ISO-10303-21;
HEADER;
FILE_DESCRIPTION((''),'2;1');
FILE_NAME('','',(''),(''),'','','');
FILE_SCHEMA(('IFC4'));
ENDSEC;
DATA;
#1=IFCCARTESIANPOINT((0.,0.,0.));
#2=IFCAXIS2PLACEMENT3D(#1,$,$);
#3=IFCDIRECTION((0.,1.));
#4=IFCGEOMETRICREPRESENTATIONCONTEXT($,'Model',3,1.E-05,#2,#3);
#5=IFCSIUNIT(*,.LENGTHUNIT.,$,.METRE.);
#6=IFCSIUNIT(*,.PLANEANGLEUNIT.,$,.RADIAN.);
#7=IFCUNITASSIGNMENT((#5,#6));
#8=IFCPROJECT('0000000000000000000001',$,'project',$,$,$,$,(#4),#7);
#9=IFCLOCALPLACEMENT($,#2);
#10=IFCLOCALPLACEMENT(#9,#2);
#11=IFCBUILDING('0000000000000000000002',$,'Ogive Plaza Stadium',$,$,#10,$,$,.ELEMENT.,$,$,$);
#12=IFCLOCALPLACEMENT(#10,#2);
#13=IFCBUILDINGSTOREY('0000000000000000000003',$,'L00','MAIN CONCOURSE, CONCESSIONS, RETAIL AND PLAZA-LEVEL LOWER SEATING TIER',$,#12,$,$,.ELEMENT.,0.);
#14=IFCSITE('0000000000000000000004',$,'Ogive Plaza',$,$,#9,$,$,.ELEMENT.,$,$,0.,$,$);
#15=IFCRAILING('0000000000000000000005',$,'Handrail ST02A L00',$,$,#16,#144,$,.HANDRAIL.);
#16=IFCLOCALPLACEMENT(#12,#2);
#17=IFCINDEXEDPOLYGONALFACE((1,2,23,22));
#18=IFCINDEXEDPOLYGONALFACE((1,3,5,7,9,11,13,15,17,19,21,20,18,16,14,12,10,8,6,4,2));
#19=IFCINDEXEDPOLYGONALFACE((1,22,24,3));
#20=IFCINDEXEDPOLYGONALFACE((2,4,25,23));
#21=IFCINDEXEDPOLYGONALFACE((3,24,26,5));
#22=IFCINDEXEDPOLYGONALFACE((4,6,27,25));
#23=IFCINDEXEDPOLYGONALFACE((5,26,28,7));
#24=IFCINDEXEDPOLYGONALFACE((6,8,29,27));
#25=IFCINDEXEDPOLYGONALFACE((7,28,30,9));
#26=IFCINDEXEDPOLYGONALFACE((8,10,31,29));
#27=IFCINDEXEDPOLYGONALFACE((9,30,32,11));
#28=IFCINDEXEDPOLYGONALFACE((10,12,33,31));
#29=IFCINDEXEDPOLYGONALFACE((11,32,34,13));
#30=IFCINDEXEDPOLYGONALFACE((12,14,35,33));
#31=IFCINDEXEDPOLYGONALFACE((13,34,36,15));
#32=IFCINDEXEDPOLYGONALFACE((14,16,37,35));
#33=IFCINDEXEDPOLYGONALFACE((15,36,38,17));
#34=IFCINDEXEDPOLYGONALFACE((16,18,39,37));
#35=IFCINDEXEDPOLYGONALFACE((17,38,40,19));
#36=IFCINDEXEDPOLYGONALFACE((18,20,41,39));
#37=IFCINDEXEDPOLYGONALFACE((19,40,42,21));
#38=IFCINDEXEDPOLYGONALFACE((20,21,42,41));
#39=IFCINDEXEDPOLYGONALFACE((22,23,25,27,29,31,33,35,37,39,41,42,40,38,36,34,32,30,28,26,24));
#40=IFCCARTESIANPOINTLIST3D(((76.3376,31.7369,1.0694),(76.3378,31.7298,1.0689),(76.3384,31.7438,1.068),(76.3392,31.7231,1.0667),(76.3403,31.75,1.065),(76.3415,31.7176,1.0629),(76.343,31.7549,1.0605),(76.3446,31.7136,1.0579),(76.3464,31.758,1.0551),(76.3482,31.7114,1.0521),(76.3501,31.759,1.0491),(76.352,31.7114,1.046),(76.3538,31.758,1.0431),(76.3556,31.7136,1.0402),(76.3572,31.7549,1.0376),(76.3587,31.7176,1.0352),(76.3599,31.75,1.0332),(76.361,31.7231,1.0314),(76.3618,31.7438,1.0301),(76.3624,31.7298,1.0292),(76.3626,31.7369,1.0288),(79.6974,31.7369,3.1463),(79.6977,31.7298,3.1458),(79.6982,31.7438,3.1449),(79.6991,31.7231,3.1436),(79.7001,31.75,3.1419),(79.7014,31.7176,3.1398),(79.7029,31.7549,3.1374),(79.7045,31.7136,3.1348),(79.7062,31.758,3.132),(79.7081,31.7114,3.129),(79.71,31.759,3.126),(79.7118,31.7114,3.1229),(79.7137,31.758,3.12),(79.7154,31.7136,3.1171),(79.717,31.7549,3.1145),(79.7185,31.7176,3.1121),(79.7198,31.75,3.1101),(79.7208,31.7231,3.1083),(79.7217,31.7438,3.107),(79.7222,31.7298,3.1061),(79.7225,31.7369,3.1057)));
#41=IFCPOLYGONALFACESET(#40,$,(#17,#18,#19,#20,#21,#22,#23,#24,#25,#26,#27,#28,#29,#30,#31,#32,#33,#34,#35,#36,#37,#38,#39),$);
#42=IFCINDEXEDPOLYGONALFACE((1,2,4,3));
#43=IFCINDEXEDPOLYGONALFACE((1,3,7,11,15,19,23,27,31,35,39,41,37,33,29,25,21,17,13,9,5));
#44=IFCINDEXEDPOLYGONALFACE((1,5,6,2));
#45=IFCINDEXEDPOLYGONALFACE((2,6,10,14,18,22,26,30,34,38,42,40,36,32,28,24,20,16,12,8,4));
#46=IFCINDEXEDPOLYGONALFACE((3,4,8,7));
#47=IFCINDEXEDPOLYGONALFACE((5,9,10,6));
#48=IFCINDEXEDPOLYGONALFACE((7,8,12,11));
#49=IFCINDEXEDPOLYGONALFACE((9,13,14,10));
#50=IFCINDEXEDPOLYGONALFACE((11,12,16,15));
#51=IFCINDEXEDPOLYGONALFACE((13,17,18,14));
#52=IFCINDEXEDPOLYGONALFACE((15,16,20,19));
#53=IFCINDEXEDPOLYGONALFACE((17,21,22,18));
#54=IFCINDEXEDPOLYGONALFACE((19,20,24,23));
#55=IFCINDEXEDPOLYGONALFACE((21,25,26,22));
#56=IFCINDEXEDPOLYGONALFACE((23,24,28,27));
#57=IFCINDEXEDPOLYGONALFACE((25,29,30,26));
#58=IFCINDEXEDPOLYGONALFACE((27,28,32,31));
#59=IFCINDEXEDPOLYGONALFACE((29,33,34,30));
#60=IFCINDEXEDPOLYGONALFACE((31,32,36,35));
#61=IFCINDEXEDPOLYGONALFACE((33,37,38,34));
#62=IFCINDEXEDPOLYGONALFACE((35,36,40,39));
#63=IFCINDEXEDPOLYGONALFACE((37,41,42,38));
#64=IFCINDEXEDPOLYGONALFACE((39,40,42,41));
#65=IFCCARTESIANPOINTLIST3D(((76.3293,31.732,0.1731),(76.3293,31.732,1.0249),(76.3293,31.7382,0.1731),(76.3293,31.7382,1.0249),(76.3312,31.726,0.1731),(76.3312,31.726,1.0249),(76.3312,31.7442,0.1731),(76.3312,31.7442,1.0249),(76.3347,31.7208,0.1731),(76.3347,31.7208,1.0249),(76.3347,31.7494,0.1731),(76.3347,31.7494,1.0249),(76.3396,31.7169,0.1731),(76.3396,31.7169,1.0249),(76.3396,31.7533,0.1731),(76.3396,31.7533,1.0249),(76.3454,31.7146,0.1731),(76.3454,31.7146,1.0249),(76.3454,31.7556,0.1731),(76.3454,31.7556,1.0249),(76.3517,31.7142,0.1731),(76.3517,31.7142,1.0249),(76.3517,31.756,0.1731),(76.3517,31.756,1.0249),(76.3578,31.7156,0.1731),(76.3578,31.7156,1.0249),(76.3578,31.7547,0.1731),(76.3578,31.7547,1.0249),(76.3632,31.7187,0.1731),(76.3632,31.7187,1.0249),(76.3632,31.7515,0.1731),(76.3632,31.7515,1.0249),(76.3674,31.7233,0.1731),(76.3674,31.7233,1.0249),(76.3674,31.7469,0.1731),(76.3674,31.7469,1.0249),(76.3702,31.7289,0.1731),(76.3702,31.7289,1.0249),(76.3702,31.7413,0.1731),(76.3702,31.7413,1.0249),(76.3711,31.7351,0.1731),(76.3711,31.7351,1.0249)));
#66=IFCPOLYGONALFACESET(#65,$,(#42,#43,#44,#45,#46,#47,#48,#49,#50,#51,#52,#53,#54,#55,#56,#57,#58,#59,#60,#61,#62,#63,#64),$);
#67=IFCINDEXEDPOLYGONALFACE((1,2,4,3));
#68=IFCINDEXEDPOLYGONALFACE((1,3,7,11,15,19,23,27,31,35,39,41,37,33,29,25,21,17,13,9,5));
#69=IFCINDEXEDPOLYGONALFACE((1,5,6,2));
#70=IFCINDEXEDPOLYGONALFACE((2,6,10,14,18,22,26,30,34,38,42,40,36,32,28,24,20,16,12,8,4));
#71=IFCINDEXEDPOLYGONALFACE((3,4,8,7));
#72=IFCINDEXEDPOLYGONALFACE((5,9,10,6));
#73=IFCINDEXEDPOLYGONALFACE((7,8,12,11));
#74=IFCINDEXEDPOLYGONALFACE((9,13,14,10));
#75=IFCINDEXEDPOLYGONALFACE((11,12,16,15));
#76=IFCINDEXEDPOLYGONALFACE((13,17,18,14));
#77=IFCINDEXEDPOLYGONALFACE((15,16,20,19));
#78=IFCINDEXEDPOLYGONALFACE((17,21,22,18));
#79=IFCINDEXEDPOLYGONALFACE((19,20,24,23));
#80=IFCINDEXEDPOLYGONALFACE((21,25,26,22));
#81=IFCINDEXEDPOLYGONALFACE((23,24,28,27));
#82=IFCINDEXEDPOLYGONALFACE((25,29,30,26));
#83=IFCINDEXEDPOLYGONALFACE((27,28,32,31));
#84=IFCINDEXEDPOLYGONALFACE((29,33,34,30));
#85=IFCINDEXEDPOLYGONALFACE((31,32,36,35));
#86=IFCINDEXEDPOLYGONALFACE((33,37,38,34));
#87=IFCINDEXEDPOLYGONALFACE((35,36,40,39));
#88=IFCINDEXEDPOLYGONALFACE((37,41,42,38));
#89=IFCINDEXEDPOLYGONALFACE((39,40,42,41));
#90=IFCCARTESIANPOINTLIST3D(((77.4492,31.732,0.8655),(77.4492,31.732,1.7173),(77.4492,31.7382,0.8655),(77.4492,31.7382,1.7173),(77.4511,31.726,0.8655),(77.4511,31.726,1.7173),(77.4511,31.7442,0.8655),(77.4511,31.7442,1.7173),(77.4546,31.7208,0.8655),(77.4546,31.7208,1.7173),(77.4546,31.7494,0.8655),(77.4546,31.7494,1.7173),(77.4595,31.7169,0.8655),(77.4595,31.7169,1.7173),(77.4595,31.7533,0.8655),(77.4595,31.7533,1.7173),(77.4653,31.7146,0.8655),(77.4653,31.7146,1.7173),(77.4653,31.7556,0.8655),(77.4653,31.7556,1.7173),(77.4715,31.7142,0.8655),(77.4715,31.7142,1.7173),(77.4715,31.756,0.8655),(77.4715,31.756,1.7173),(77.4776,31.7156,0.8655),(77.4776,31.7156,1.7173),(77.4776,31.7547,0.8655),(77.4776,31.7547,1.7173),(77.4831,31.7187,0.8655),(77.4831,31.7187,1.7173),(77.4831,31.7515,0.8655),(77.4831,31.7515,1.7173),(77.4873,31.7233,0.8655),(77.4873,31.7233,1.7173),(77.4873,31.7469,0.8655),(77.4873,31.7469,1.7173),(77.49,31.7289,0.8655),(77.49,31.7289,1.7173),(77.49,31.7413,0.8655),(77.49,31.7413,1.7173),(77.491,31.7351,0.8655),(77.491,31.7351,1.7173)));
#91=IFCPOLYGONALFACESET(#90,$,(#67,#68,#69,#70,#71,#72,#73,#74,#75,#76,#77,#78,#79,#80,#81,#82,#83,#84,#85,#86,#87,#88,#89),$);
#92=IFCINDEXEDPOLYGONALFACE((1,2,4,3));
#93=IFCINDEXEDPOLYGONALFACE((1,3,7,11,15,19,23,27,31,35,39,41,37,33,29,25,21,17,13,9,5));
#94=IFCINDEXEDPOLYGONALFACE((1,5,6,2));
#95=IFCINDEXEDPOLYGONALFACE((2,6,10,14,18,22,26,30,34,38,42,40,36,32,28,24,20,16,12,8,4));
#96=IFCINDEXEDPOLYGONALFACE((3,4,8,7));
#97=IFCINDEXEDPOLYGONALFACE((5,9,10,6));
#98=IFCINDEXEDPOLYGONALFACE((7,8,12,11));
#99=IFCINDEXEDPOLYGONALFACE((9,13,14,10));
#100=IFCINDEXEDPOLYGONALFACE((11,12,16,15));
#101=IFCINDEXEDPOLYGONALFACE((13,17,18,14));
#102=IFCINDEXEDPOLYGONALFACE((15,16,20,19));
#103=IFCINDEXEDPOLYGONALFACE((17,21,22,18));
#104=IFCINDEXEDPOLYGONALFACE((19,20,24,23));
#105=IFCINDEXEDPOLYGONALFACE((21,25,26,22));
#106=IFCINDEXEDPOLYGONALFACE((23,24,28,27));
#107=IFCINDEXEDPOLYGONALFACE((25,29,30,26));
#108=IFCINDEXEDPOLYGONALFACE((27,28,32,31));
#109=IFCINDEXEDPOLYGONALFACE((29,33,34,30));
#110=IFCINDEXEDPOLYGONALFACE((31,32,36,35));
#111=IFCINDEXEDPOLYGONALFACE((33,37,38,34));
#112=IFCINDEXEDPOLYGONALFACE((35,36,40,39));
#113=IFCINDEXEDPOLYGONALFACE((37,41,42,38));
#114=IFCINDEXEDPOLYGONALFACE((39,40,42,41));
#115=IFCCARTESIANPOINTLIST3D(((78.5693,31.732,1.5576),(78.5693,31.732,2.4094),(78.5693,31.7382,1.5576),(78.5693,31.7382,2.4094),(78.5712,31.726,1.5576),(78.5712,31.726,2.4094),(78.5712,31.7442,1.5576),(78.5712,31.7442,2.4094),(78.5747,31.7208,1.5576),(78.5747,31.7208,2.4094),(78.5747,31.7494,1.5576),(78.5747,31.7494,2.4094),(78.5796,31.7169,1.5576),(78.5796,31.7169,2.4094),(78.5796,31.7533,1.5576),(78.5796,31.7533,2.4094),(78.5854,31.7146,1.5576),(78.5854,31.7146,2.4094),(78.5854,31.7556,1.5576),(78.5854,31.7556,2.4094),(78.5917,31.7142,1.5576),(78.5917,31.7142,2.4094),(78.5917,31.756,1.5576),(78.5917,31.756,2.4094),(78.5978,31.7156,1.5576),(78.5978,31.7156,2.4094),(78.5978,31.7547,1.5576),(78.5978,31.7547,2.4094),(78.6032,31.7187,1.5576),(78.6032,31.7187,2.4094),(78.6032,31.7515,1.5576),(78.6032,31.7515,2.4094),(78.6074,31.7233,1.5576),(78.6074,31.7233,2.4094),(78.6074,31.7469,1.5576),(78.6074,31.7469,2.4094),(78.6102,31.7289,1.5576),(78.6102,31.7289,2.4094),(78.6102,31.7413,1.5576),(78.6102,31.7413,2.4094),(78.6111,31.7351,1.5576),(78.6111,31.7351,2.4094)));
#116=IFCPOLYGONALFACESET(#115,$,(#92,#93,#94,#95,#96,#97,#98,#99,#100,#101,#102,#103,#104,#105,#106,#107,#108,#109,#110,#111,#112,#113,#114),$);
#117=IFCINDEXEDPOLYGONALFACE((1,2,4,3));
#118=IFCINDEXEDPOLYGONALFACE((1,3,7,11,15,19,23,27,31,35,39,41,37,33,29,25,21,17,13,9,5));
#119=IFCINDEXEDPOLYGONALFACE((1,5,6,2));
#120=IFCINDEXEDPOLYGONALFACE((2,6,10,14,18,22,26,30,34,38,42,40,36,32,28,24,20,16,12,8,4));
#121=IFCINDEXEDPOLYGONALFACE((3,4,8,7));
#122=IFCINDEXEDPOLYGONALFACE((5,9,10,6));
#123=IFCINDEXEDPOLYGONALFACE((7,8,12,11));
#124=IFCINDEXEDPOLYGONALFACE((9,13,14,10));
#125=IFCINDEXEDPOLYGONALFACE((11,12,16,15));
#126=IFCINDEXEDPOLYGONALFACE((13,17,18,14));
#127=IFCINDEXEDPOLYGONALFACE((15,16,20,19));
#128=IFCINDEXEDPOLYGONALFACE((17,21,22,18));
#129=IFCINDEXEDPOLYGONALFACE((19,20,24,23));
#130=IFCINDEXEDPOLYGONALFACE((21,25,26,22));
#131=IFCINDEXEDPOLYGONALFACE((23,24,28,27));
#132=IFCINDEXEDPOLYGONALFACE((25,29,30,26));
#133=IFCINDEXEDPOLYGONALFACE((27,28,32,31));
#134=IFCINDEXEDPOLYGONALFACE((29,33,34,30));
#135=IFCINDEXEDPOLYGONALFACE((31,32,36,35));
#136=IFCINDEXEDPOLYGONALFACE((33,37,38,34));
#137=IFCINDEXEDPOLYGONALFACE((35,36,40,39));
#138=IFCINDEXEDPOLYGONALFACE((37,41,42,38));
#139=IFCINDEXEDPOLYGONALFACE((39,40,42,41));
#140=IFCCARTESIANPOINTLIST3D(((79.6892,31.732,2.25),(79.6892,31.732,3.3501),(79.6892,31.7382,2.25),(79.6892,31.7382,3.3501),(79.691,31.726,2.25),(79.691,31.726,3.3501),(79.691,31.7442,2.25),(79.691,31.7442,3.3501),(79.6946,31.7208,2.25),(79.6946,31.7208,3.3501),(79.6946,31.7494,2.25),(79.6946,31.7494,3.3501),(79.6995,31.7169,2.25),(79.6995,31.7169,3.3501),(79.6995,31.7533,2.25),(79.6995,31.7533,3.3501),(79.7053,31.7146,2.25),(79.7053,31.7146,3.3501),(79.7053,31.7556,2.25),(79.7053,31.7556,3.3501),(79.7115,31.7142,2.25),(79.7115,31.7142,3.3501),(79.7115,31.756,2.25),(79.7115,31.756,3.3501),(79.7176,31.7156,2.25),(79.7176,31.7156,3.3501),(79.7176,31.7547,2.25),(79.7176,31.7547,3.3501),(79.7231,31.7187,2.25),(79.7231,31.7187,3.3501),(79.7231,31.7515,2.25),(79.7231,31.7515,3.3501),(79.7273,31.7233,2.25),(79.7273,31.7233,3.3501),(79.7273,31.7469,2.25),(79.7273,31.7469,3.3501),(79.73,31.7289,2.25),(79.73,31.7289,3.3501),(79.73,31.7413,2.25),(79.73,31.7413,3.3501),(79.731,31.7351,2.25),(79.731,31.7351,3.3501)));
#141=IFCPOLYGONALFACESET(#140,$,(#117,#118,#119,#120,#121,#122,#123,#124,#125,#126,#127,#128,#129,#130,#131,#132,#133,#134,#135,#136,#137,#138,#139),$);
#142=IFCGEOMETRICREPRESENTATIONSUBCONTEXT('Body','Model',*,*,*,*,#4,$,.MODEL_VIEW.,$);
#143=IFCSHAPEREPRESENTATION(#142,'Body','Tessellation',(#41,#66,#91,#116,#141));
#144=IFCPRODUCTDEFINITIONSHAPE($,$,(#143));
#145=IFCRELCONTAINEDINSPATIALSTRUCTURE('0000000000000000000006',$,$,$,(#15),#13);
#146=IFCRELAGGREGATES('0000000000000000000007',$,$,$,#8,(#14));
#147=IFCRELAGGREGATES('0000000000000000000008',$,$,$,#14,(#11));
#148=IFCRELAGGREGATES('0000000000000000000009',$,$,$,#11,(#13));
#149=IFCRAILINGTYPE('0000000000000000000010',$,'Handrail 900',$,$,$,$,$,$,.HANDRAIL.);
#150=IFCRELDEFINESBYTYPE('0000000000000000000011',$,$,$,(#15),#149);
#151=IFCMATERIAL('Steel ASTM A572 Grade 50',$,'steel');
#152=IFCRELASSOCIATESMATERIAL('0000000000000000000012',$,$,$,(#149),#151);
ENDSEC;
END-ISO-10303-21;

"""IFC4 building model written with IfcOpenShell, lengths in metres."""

from ifc_helpers import new_model, si_unit, direction, frame, origin, origin_2d, place, context, subcontext, project, spatial, circle, extrude, material, type_object, element, save


model = new_model("IFC4")

# Units and contexts
model_context = context("Model", 3, precision=1e-05, world=origin(), true_north=direction((0.0, 1.0)))
body_context = subcontext(model_context, "Body", "Model", "MODEL_VIEW")
ifc_project = project(units=[si_unit("LENGTHUNIT", "METRE"), si_unit("PLANEANGLEUNIT", "RADIAN")], contexts=[model_context])

# Site, building, storey
site_placement = place(None, origin())
site = spatial("IfcSite", under=ifc_project, at=site_placement, Name="Ogive Plaza", CompositionType="ELEMENT", RefElevation=0.0)
building_placement = place(site_placement, origin())
building = spatial("IfcBuilding", under=site, at=building_placement, Name="Ogive Plaza Stadium", CompositionType="ELEMENT")
storey_placement = place(building_placement, origin())
storey = spatial("IfcBuildingStorey", under=building, at=storey_placement, Name="L00", Description="MAIN CONCOURSE, CONCESSIONS, RETAIL AND PLAZA-LEVEL LOWER SEATING TIER", CompositionType="ELEMENT", Elevation=0.0)

# Railing
ifc_material_1 = material(Name="Steel ASTM A572 Grade 50", Category="steel")
railing_type_1 = type_object("IfcRailingType", Name="Handrail 900", PredefinedType="HANDRAIL", material=ifc_material_1)
for number, where, name in (
    (1, (76.3501, 31.7351, 0.1731), "Handrail ST02A L00"),
):
    element("IfcRailing", number, at=place(storey_placement, frame(where)), inside=storey, type_object=railing_type_1, Name=name, PredefinedType="HANDRAIL", context=body_context, shape_type="SweptSolid", body=[
        extrude(circle(Radius=0.0239, at=origin_2d()), frame((0.0, 0.0, 0.876), z_axis=(0.850606, 0.0, 0.525803), x_axis=(0.0, 1.0, 0.0)), (0.0, 0.0, 1.0), 3.95),
        extrude(circle(Radius=0.021, at=origin_2d()), origin(), (0.0, 0.0, 1.0), 0.8518),
        extrude(circle(Radius=0.021, at=origin_2d()), frame((1.1199, 0.0, 0.6924)), (0.0, 0.0, 1.0), 0.8518),
        extrude(circle(Radius=0.021, at=origin_2d()), frame((2.24, 0.0, 1.3845)), (0.0, 0.0, 1.0), 0.8518),
        extrude(circle(Radius=0.021, at=origin_2d()), frame((3.3599, 0.0, 2.0769)), (0.0, 0.0, 1.0), 1.1001),
    ])

save(model, "model.ifc")
